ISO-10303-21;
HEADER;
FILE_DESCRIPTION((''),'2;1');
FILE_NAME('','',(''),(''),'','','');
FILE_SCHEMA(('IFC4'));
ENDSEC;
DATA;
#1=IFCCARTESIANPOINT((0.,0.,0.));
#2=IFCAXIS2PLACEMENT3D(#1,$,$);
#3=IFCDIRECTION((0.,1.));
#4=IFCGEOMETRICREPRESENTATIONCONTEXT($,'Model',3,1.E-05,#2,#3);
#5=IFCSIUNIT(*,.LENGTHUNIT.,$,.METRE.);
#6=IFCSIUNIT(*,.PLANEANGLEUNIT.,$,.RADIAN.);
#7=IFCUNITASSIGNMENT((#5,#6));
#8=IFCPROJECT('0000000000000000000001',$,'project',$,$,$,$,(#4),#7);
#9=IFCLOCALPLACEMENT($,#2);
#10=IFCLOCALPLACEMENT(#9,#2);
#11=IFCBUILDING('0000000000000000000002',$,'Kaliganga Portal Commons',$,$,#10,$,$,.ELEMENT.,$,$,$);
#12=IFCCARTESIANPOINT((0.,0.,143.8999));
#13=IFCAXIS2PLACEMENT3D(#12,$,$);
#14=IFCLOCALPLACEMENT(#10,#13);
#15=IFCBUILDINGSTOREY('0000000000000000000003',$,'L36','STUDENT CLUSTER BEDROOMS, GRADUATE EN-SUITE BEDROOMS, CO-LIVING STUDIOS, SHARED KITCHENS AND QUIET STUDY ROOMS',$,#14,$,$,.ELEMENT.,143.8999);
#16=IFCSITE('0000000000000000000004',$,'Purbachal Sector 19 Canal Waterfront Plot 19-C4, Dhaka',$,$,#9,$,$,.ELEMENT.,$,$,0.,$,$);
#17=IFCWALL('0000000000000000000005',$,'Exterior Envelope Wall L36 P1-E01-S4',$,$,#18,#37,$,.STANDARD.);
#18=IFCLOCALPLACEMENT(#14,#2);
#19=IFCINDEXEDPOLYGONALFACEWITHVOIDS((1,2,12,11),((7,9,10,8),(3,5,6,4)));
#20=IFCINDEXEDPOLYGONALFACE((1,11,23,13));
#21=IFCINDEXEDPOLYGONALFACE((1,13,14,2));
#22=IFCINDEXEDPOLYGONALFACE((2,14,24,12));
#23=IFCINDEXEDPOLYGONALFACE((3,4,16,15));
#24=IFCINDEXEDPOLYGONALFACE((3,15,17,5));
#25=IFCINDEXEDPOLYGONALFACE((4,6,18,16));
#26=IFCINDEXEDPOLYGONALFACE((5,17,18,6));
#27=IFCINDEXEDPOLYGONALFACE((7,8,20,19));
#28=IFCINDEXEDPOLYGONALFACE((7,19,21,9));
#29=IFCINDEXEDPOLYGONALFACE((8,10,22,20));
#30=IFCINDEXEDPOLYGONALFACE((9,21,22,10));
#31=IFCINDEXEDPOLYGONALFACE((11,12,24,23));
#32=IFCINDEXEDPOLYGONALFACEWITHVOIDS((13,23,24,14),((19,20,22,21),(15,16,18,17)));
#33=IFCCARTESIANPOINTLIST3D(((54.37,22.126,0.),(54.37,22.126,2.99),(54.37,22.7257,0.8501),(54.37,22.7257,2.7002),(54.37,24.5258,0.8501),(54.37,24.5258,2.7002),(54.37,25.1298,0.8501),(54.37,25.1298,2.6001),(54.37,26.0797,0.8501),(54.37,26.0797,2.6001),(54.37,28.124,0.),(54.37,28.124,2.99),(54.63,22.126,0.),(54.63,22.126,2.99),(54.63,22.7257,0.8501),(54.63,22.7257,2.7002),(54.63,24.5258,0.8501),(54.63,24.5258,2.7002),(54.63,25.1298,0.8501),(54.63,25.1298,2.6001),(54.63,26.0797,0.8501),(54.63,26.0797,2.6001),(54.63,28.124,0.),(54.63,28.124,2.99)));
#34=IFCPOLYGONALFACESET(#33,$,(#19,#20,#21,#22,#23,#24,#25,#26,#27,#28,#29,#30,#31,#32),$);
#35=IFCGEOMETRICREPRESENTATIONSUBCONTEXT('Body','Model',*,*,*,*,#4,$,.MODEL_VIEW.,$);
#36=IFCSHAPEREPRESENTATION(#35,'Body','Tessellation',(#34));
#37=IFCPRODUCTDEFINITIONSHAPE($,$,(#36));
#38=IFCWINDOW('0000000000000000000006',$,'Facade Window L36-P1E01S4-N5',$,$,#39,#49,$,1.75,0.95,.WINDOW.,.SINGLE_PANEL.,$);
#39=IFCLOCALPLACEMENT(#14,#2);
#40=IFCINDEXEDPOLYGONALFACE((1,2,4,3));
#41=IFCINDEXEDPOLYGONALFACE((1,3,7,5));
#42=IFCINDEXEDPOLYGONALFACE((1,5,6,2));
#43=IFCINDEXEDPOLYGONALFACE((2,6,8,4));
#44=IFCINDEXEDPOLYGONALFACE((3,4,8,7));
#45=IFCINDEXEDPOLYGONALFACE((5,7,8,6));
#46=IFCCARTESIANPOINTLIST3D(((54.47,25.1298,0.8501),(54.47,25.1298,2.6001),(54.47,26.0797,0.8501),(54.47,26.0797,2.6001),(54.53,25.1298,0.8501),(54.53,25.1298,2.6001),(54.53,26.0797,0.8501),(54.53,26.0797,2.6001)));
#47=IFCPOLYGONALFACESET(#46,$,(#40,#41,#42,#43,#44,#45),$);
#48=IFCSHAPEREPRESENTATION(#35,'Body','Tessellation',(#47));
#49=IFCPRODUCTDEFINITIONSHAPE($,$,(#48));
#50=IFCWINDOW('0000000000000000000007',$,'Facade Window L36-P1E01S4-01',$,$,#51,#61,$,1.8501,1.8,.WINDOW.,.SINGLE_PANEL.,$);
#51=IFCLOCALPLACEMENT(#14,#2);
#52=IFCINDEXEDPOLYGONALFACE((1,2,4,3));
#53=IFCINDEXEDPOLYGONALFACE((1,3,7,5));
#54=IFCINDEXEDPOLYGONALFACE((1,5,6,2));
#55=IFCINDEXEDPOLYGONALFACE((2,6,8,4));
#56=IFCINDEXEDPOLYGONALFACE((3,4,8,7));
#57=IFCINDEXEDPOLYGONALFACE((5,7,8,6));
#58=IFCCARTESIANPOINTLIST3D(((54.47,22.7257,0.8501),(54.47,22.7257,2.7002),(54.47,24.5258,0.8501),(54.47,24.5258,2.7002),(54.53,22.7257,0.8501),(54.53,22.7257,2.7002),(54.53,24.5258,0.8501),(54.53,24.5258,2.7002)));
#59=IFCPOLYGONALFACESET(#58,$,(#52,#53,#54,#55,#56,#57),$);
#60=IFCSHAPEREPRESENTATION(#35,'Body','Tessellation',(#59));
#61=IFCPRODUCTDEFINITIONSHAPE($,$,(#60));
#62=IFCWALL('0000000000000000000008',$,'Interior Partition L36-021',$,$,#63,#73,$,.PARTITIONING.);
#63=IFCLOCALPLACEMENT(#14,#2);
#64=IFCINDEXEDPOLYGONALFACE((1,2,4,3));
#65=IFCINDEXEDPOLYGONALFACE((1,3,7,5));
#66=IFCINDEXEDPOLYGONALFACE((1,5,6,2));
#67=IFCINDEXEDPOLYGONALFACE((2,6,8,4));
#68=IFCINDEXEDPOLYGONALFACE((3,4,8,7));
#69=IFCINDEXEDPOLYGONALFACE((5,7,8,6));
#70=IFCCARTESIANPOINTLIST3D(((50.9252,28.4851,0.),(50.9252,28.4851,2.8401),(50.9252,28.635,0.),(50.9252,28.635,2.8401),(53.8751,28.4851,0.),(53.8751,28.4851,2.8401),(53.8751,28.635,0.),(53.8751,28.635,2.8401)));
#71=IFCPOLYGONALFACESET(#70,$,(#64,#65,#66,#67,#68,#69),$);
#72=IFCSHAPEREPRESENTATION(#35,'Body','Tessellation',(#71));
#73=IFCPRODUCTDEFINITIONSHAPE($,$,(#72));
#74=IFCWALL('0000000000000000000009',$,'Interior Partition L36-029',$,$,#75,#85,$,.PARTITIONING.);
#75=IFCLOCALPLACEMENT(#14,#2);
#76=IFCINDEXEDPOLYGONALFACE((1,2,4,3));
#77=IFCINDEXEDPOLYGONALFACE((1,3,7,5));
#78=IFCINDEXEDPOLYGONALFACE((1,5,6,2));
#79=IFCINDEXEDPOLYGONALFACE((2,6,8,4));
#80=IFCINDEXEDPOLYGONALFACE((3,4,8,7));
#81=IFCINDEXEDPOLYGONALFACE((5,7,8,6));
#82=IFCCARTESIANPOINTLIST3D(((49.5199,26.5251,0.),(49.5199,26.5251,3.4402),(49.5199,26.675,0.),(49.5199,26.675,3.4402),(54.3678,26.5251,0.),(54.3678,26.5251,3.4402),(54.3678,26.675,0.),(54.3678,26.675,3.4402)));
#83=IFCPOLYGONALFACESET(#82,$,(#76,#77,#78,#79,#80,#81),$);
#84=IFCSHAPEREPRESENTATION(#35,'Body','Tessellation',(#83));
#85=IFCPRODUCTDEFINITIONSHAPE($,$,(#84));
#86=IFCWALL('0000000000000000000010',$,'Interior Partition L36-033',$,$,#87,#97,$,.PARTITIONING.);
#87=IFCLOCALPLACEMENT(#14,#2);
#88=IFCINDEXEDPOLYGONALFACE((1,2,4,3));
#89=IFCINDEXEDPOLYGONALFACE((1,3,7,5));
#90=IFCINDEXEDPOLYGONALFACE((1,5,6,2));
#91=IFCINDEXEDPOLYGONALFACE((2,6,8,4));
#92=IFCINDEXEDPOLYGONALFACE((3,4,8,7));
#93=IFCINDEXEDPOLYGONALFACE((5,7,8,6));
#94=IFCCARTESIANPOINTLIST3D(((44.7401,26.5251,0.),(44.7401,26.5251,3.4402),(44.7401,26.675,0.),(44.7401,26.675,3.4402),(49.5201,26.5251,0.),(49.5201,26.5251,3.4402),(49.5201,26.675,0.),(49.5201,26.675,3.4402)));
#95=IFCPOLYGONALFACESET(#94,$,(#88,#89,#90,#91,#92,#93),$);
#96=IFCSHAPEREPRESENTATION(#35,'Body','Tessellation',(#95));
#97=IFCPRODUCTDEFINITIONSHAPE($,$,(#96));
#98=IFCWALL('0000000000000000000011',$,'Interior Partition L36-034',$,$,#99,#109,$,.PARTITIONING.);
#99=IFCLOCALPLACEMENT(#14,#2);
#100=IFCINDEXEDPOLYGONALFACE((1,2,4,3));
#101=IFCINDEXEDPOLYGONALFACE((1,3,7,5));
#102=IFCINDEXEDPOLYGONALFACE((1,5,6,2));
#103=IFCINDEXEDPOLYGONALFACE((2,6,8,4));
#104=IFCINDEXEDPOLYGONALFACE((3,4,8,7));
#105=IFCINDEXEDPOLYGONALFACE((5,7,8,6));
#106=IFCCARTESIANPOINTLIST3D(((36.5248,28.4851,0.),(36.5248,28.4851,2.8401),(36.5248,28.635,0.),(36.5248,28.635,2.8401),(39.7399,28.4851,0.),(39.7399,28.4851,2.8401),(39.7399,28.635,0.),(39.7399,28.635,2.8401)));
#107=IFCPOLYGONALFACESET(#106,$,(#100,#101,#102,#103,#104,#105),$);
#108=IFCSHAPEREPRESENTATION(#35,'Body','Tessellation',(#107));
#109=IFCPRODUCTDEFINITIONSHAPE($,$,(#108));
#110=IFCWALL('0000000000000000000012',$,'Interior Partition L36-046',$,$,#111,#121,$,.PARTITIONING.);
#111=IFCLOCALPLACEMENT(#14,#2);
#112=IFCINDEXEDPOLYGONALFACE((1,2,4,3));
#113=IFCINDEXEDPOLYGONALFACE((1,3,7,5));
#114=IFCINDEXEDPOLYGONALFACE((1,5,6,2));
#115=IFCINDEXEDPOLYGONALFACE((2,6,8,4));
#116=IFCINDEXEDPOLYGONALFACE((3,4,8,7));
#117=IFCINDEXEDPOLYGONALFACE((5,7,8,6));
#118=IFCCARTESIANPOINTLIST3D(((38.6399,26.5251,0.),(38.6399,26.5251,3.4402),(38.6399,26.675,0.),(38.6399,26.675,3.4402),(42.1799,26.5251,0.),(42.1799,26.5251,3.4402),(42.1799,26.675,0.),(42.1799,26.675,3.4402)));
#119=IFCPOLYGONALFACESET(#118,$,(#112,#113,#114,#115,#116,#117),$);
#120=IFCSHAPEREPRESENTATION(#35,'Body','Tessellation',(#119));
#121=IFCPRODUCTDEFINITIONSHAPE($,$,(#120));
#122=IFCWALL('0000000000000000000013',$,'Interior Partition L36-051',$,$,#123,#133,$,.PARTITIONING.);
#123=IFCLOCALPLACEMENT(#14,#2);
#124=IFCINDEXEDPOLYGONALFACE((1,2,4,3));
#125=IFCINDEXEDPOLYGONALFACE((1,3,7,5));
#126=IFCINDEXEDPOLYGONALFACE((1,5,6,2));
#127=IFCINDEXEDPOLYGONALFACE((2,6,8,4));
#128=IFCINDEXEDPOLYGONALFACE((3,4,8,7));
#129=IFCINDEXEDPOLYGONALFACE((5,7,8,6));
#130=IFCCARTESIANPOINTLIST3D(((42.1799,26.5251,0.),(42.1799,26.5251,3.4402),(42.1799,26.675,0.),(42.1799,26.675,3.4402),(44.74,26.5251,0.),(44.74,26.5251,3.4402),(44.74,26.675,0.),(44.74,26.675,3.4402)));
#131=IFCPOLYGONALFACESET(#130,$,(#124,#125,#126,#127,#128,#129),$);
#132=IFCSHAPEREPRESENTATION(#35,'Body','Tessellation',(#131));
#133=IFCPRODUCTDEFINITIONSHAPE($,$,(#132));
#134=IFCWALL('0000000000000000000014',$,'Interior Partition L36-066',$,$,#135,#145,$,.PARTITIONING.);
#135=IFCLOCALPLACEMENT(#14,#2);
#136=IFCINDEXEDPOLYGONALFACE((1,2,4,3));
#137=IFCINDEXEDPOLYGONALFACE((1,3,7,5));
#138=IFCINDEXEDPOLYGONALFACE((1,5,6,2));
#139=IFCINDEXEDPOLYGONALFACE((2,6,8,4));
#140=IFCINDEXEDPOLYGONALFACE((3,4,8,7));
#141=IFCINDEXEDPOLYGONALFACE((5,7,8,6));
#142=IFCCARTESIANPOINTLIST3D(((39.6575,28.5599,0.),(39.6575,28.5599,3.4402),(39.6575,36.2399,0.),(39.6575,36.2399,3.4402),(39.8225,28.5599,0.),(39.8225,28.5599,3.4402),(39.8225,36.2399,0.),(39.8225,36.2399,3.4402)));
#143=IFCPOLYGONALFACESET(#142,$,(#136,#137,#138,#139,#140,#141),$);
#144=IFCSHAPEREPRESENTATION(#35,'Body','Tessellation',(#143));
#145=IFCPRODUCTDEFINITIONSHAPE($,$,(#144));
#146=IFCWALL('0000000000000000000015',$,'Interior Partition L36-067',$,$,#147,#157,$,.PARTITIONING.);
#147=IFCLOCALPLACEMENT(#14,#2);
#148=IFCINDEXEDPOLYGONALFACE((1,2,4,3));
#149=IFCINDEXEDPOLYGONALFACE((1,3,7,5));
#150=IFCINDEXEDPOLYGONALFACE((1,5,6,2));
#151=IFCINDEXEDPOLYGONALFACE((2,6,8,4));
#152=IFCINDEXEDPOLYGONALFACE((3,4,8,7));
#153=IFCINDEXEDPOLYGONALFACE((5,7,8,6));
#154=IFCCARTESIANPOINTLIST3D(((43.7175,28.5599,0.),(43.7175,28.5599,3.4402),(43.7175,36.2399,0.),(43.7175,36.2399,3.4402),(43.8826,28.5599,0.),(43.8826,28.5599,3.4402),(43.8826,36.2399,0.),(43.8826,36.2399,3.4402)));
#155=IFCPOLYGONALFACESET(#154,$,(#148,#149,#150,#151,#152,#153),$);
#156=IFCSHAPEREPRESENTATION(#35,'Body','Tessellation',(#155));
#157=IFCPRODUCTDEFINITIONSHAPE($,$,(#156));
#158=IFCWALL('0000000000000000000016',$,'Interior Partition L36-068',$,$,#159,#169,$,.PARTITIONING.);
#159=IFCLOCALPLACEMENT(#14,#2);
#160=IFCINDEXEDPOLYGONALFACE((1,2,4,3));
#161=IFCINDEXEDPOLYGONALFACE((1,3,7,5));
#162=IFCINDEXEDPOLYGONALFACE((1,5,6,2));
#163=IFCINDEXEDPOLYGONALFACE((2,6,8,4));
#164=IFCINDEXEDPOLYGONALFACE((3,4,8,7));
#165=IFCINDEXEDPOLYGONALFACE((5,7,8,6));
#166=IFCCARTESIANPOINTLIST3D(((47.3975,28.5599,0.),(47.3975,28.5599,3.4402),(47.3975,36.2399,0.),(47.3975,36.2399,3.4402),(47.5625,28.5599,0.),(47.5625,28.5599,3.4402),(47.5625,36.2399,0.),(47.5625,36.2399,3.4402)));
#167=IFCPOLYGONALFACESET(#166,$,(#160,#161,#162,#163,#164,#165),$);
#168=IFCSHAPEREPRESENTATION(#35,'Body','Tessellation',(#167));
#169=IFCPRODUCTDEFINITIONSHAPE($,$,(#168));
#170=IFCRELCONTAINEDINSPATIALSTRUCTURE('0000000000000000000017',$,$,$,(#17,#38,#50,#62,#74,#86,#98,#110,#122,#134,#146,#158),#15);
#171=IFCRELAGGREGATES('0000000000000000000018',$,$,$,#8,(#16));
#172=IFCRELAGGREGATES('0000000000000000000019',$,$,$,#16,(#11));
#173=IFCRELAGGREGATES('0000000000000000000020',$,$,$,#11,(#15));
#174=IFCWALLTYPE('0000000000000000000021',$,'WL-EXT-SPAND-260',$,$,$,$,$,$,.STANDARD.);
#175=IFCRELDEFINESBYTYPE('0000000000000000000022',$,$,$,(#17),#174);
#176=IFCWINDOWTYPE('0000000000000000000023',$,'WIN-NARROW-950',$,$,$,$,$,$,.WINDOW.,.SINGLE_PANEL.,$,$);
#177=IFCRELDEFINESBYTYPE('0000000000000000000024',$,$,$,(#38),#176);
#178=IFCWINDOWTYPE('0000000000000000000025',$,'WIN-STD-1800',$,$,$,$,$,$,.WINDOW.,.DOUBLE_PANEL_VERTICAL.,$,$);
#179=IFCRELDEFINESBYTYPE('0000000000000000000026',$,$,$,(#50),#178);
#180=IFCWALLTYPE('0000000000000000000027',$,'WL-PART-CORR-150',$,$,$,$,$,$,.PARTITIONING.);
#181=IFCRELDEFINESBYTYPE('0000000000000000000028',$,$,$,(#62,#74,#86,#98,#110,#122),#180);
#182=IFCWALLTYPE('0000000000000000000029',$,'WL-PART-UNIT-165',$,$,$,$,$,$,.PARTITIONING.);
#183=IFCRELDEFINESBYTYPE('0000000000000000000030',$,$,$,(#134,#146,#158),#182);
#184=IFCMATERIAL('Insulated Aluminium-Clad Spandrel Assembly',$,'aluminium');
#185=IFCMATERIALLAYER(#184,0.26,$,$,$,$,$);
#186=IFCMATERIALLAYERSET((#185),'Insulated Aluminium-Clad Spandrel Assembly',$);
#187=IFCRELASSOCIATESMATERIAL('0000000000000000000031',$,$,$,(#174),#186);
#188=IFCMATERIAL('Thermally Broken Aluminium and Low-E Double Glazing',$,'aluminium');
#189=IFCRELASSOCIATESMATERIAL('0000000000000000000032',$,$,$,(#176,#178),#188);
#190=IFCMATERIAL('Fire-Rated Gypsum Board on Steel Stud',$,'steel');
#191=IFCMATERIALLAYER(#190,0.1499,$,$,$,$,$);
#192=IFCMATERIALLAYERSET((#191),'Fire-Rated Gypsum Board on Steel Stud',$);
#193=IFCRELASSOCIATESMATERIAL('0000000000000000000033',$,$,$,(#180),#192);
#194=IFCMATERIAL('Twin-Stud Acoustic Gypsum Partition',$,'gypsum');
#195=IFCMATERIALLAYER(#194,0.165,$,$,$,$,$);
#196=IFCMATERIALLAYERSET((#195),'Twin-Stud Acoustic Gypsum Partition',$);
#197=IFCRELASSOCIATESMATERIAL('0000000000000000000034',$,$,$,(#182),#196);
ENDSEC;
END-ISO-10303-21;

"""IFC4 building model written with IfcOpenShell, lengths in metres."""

from ifc_helpers import new_model, si_unit, direction, frame, frame_2d, origin, place, context, subcontext, project, spatial, rectangle, extrude, material, layer, layer_set, type_object, element, fill, save


model = new_model("IFC4")

# Units and contexts
model_context = context("Model", 3, precision=1e-05, world=origin(), true_north=direction((0.0, 1.0)))
body_context = subcontext(model_context, "Body", "Model", "MODEL_VIEW")
ifc_project = project(units=[si_unit("LENGTHUNIT", "METRE"), si_unit("PLANEANGLEUNIT", "RADIAN")], contexts=[model_context])

# Site, building, storey
site_placement = place(None, origin())
site = spatial("IfcSite", under=ifc_project, at=site_placement, Name="Purbachal Sector 19 Canal Waterfront Plot 19-C4, Dhaka", CompositionType="ELEMENT", RefElevation=0.0)
building_placement = place(site_placement, origin())
building = spatial("IfcBuilding", under=site, at=building_placement, Name="Kaliganga Portal Commons", CompositionType="ELEMENT")
storey_placement = place(building_placement, frame((0.0, 0.0, 143.8999)))
storey = spatial("IfcBuildingStorey", under=building, at=storey_placement, Name="L36", Description="STUDENT CLUSTER BEDROOMS, GRADUATE EN-SUITE BEDROOMS, CO-LIVING STUDIOS, SHARED KITCHENS AND QUIET STUDY ROOMS", CompositionType="ELEMENT", Elevation=143.8999)

# Wall, openings, windows
ifc_material_1 = material(Name="Insulated Aluminium-Clad Spandrel Assembly", Category="aluminium")
ifc_layer_1 = layer(ifc_material_1, 0.26)
ifc_layer_set_1 = layer_set([ifc_layer_1], Name="Insulated Aluminium-Clad Spandrel Assembly")
wall_type_1 = type_object("IfcWallType", Name="WL-EXT-SPAND-260", PredefinedType="STANDARD", material=ifc_layer_set_1)
wall_1_placement = place(storey_placement, frame((54.5, 28.124, 0.0), z_axis=(0.0, 0.0, 1.0), x_axis=(0.0, -1.0, 0.0)))
wall_1 = element("IfcWall", 1, at=wall_1_placement, inside=storey, type_object=wall_type_1, Name="Exterior Envelope Wall L36 P1-E01-S4", PredefinedType="STANDARD", context=body_context, shape_type="SweptSolid", body=[
    extrude(rectangle(XDim=5.998, YDim=0.26, at=frame_2d((2.999, 0.0))), origin(), (0.0, 0.0, 1.0), 2.99),
])
opening_1_placement = place(wall_1_placement, frame((3.5984, 0.0, 0.8501)))
opening_1 = element("IfcOpeningElement", 2, at=opening_1_placement, cuts=wall_1, PredefinedType="OPENING", context=body_context, shape_type="SweptSolid", body=[
    extrude(rectangle(XDim=1.8, YDim=1.8501, at=frame_2d((0.8999, 0.925))), frame((0.0, 0.1401, 0.0), z_axis=(0.0, -1.0, 0.0), x_axis=(1.0, 0.0, 0.0)), (0.0, 0.0, 1.0), 0.28),
])
opening_2_placement = place(wall_1_placement, frame((2.0442, 0.0, 0.8501)))
opening_2 = element("IfcOpeningElement", 3, at=opening_2_placement, cuts=wall_1, PredefinedType="OPENING", context=body_context, shape_type="SweptSolid", body=[
    extrude(rectangle(XDim=0.95, YDim=1.75, at=frame_2d((0.4751, 0.875))), frame((0.0, 0.1401, 0.0), z_axis=(0.0, -1.0, 0.0), x_axis=(1.0, 0.0, 0.0)), (0.0, 0.0, 1.0), 0.28),
])
ifc_material_2 = material(Name="Thermally Broken Aluminium and Low-E Double Glazing", Category="aluminium")
window_type_1 = type_object("IfcWindowType", Name="WIN-NARROW-950", PartitioningType="SINGLE_PANEL", PredefinedType="WINDOW", material=ifc_material_2)
window_1_placement = place(opening_2_placement, origin())
window_1 = element("IfcWindow", 4, at=window_1_placement, inside=storey, type_object=window_type_1, Name="Facade Window L36-P1E01S4-N5", OverallHeight=1.75, OverallWidth=0.95, PartitioningType="SINGLE_PANEL", PredefinedType="WINDOW", context=body_context, shape_type="SweptSolid", body=[
    extrude(rectangle(XDim=0.95, YDim=1.75, at=frame_2d((0.4751, 0.875))), frame((0.0, 0.03, 0.0), z_axis=(0.0, -1.0, 0.0), x_axis=(1.0, 0.0, 0.0)), (0.0, 0.0, 1.0), 0.0601),
])
fill(opening_2, window_1)
window_type_2 = type_object("IfcWindowType", Name="WIN-STD-1800", PartitioningType="DOUBLE_PANEL_VERTICAL", PredefinedType="WINDOW", material=ifc_material_2)
window_2_placement = place(opening_1_placement, origin())
window_2 = element("IfcWindow", 5, at=window_2_placement, inside=storey, type_object=window_type_2, Name="Facade Window L36-P1E01S4-01", OverallHeight=1.8501, OverallWidth=1.8, PartitioningType="SINGLE_PANEL", PredefinedType="WINDOW", context=body_context, shape_type="SweptSolid", body=[
    extrude(rectangle(XDim=1.8, YDim=1.8501, at=frame_2d((0.8999, 0.925))), frame((0.0, 0.03, 0.0), z_axis=(0.0, -1.0, 0.0), x_axis=(1.0, 0.0, 0.0)), (0.0, 0.0, 1.0), 0.0601),
])
fill(opening_1, window_2)

# Shared definitions
ifc_material_3 = material(Name="Fire-Rated Gypsum Board on Steel Stud", Category="steel")
ifc_layer_2 = layer(ifc_material_3, 0.1499)
ifc_layer_set_2 = layer_set([ifc_layer_2], Name="Fire-Rated Gypsum Board on Steel Stud")
wall_type_2 = type_object("IfcWallType", Name="WL-PART-CORR-150", PredefinedType="PARTITIONING", material=ifc_layer_set_2)

# Walls
wall_2_placement = place(storey_placement, frame((50.925, 28.5601, 0.0), z_axis=(0.0, 0.0, 1.0), x_axis=(1.0, 0.0, 0.0)))
element("IfcWall", 6, at=wall_2_placement, inside=storey, type_object=wall_type_2, Name="Interior Partition L36-021", PredefinedType="PARTITIONING", context=body_context, shape_type="SweptSolid", body=[
    extrude(rectangle(XDim=2.95, YDim=0.1499, at=frame_2d((1.4751, 0.0))), origin(), (0.0, 0.0, 1.0), 2.8401),
])
wall_3_placement = place(storey_placement, frame((49.52, 26.6001, 0.0), z_axis=(0.0, 0.0, 1.0), x_axis=(1.0, 0.0, 0.0)))
element("IfcWall", 7, at=wall_3_placement, inside=storey, type_object=wall_type_2, Name="Interior Partition L36-029", PredefinedType="PARTITIONING", context=body_context, shape_type="SweptSolid", body=[
    extrude(rectangle(XDim=4.8479, YDim=0.1499, at=frame_2d((2.4238, 0.0))), origin(), (0.0, 0.0, 1.0), 3.4402),
])
wall_4_placement = place(storey_placement, frame((44.74, 26.6001, 0.0), z_axis=(0.0, 0.0, 1.0), x_axis=(1.0, 0.0, 0.0)))
element("IfcWall", 8, at=wall_4_placement, inside=storey, type_object=wall_type_2, Name="Interior Partition L36-033", PredefinedType="PARTITIONING", context=body_context, shape_type="SweptSolid", body=[
    extrude(rectangle(XDim=4.78, YDim=0.1499, at=frame_2d((2.3901, 0.0))), origin(), (0.0, 0.0, 1.0), 3.4402),
])
wall_5_placement = place(storey_placement, frame((36.5249, 28.5601, 0.0), z_axis=(0.0, 0.0, 1.0), x_axis=(1.0, 0.0, 0.0)))
element("IfcWall", 9, at=wall_5_placement, inside=storey, type_object=wall_type_2, Name="Interior Partition L36-034", PredefinedType="PARTITIONING", context=body_context, shape_type="SweptSolid", body=[
    extrude(rectangle(XDim=3.2151, YDim=0.1499, at=frame_2d((1.6074, 0.0))), origin(), (0.0, 0.0, 1.0), 2.8401),
])

# Walls
wall_6_placement = place(storey_placement, frame((38.6399, 26.6001, 0.0), z_axis=(0.0, 0.0, 1.0), x_axis=(1.0, 0.0, 0.0)))
element("IfcWall", 10, at=wall_6_placement, inside=storey, type_object=wall_type_2, Name="Interior Partition L36-046", PredefinedType="PARTITIONING", context=body_context, shape_type="SweptSolid", body=[
    extrude(rectangle(XDim=3.54, YDim=0.1499, at=frame_2d((1.77, 0.0))), origin(), (0.0, 0.0, 1.0), 3.4402),
])
wall_7_placement = place(storey_placement, frame((42.1799, 26.6001, 0.0), z_axis=(0.0, 0.0, 1.0), x_axis=(1.0, 0.0, 0.0)))
element("IfcWall", 11, at=wall_7_placement, inside=storey, type_object=wall_type_2, Name="Interior Partition L36-051", PredefinedType="PARTITIONING", context=body_context, shape_type="SweptSolid", body=[
    extrude(rectangle(XDim=2.5601, YDim=0.1499, at=frame_2d((1.28, 0.0))), origin(), (0.0, 0.0, 1.0), 3.4402),
])
ifc_material_4 = material(Name="Twin-Stud Acoustic Gypsum Partition", Category="gypsum")
ifc_layer_3 = layer(ifc_material_4, 0.165)
ifc_layer_set_3 = layer_set([ifc_layer_3], Name="Twin-Stud Acoustic Gypsum Partition")
wall_type_3 = type_object("IfcWallType", Name="WL-PART-UNIT-165", PredefinedType="PARTITIONING", material=ifc_layer_set_3)
for number, where, z_axis, x_axis, name in (
    (12, (39.74, 28.5601, 0.0), (0.0, 0.0, 1.0), (0.0, 1.0, 0.0), "Interior Partition L36-066"),
    (13, (43.8, 28.5601, 0.0), (0.0, 0.0, 1.0), (0.0, 1.0, 0.0), "Interior Partition L36-067"),
    (14, (47.48, 28.5601, 0.0), (0.0, 0.0, 1.0), (0.0, 1.0, 0.0), "Interior Partition L36-068"),
):
    element("IfcWall", number, at=place(storey_placement, frame(where, z_axis=z_axis, x_axis=x_axis)), inside=storey, type_object=wall_type_3, Name=name, PredefinedType="PARTITIONING", context=body_context, shape_type="SweptSolid", body=[
        extrude(rectangle(XDim=7.6799, YDim=0.165, at=frame_2d((3.8398, 0.0))), origin(), (0.0, 0.0, 1.0), 3.4402),
    ])

save(model, "model.ifc")
